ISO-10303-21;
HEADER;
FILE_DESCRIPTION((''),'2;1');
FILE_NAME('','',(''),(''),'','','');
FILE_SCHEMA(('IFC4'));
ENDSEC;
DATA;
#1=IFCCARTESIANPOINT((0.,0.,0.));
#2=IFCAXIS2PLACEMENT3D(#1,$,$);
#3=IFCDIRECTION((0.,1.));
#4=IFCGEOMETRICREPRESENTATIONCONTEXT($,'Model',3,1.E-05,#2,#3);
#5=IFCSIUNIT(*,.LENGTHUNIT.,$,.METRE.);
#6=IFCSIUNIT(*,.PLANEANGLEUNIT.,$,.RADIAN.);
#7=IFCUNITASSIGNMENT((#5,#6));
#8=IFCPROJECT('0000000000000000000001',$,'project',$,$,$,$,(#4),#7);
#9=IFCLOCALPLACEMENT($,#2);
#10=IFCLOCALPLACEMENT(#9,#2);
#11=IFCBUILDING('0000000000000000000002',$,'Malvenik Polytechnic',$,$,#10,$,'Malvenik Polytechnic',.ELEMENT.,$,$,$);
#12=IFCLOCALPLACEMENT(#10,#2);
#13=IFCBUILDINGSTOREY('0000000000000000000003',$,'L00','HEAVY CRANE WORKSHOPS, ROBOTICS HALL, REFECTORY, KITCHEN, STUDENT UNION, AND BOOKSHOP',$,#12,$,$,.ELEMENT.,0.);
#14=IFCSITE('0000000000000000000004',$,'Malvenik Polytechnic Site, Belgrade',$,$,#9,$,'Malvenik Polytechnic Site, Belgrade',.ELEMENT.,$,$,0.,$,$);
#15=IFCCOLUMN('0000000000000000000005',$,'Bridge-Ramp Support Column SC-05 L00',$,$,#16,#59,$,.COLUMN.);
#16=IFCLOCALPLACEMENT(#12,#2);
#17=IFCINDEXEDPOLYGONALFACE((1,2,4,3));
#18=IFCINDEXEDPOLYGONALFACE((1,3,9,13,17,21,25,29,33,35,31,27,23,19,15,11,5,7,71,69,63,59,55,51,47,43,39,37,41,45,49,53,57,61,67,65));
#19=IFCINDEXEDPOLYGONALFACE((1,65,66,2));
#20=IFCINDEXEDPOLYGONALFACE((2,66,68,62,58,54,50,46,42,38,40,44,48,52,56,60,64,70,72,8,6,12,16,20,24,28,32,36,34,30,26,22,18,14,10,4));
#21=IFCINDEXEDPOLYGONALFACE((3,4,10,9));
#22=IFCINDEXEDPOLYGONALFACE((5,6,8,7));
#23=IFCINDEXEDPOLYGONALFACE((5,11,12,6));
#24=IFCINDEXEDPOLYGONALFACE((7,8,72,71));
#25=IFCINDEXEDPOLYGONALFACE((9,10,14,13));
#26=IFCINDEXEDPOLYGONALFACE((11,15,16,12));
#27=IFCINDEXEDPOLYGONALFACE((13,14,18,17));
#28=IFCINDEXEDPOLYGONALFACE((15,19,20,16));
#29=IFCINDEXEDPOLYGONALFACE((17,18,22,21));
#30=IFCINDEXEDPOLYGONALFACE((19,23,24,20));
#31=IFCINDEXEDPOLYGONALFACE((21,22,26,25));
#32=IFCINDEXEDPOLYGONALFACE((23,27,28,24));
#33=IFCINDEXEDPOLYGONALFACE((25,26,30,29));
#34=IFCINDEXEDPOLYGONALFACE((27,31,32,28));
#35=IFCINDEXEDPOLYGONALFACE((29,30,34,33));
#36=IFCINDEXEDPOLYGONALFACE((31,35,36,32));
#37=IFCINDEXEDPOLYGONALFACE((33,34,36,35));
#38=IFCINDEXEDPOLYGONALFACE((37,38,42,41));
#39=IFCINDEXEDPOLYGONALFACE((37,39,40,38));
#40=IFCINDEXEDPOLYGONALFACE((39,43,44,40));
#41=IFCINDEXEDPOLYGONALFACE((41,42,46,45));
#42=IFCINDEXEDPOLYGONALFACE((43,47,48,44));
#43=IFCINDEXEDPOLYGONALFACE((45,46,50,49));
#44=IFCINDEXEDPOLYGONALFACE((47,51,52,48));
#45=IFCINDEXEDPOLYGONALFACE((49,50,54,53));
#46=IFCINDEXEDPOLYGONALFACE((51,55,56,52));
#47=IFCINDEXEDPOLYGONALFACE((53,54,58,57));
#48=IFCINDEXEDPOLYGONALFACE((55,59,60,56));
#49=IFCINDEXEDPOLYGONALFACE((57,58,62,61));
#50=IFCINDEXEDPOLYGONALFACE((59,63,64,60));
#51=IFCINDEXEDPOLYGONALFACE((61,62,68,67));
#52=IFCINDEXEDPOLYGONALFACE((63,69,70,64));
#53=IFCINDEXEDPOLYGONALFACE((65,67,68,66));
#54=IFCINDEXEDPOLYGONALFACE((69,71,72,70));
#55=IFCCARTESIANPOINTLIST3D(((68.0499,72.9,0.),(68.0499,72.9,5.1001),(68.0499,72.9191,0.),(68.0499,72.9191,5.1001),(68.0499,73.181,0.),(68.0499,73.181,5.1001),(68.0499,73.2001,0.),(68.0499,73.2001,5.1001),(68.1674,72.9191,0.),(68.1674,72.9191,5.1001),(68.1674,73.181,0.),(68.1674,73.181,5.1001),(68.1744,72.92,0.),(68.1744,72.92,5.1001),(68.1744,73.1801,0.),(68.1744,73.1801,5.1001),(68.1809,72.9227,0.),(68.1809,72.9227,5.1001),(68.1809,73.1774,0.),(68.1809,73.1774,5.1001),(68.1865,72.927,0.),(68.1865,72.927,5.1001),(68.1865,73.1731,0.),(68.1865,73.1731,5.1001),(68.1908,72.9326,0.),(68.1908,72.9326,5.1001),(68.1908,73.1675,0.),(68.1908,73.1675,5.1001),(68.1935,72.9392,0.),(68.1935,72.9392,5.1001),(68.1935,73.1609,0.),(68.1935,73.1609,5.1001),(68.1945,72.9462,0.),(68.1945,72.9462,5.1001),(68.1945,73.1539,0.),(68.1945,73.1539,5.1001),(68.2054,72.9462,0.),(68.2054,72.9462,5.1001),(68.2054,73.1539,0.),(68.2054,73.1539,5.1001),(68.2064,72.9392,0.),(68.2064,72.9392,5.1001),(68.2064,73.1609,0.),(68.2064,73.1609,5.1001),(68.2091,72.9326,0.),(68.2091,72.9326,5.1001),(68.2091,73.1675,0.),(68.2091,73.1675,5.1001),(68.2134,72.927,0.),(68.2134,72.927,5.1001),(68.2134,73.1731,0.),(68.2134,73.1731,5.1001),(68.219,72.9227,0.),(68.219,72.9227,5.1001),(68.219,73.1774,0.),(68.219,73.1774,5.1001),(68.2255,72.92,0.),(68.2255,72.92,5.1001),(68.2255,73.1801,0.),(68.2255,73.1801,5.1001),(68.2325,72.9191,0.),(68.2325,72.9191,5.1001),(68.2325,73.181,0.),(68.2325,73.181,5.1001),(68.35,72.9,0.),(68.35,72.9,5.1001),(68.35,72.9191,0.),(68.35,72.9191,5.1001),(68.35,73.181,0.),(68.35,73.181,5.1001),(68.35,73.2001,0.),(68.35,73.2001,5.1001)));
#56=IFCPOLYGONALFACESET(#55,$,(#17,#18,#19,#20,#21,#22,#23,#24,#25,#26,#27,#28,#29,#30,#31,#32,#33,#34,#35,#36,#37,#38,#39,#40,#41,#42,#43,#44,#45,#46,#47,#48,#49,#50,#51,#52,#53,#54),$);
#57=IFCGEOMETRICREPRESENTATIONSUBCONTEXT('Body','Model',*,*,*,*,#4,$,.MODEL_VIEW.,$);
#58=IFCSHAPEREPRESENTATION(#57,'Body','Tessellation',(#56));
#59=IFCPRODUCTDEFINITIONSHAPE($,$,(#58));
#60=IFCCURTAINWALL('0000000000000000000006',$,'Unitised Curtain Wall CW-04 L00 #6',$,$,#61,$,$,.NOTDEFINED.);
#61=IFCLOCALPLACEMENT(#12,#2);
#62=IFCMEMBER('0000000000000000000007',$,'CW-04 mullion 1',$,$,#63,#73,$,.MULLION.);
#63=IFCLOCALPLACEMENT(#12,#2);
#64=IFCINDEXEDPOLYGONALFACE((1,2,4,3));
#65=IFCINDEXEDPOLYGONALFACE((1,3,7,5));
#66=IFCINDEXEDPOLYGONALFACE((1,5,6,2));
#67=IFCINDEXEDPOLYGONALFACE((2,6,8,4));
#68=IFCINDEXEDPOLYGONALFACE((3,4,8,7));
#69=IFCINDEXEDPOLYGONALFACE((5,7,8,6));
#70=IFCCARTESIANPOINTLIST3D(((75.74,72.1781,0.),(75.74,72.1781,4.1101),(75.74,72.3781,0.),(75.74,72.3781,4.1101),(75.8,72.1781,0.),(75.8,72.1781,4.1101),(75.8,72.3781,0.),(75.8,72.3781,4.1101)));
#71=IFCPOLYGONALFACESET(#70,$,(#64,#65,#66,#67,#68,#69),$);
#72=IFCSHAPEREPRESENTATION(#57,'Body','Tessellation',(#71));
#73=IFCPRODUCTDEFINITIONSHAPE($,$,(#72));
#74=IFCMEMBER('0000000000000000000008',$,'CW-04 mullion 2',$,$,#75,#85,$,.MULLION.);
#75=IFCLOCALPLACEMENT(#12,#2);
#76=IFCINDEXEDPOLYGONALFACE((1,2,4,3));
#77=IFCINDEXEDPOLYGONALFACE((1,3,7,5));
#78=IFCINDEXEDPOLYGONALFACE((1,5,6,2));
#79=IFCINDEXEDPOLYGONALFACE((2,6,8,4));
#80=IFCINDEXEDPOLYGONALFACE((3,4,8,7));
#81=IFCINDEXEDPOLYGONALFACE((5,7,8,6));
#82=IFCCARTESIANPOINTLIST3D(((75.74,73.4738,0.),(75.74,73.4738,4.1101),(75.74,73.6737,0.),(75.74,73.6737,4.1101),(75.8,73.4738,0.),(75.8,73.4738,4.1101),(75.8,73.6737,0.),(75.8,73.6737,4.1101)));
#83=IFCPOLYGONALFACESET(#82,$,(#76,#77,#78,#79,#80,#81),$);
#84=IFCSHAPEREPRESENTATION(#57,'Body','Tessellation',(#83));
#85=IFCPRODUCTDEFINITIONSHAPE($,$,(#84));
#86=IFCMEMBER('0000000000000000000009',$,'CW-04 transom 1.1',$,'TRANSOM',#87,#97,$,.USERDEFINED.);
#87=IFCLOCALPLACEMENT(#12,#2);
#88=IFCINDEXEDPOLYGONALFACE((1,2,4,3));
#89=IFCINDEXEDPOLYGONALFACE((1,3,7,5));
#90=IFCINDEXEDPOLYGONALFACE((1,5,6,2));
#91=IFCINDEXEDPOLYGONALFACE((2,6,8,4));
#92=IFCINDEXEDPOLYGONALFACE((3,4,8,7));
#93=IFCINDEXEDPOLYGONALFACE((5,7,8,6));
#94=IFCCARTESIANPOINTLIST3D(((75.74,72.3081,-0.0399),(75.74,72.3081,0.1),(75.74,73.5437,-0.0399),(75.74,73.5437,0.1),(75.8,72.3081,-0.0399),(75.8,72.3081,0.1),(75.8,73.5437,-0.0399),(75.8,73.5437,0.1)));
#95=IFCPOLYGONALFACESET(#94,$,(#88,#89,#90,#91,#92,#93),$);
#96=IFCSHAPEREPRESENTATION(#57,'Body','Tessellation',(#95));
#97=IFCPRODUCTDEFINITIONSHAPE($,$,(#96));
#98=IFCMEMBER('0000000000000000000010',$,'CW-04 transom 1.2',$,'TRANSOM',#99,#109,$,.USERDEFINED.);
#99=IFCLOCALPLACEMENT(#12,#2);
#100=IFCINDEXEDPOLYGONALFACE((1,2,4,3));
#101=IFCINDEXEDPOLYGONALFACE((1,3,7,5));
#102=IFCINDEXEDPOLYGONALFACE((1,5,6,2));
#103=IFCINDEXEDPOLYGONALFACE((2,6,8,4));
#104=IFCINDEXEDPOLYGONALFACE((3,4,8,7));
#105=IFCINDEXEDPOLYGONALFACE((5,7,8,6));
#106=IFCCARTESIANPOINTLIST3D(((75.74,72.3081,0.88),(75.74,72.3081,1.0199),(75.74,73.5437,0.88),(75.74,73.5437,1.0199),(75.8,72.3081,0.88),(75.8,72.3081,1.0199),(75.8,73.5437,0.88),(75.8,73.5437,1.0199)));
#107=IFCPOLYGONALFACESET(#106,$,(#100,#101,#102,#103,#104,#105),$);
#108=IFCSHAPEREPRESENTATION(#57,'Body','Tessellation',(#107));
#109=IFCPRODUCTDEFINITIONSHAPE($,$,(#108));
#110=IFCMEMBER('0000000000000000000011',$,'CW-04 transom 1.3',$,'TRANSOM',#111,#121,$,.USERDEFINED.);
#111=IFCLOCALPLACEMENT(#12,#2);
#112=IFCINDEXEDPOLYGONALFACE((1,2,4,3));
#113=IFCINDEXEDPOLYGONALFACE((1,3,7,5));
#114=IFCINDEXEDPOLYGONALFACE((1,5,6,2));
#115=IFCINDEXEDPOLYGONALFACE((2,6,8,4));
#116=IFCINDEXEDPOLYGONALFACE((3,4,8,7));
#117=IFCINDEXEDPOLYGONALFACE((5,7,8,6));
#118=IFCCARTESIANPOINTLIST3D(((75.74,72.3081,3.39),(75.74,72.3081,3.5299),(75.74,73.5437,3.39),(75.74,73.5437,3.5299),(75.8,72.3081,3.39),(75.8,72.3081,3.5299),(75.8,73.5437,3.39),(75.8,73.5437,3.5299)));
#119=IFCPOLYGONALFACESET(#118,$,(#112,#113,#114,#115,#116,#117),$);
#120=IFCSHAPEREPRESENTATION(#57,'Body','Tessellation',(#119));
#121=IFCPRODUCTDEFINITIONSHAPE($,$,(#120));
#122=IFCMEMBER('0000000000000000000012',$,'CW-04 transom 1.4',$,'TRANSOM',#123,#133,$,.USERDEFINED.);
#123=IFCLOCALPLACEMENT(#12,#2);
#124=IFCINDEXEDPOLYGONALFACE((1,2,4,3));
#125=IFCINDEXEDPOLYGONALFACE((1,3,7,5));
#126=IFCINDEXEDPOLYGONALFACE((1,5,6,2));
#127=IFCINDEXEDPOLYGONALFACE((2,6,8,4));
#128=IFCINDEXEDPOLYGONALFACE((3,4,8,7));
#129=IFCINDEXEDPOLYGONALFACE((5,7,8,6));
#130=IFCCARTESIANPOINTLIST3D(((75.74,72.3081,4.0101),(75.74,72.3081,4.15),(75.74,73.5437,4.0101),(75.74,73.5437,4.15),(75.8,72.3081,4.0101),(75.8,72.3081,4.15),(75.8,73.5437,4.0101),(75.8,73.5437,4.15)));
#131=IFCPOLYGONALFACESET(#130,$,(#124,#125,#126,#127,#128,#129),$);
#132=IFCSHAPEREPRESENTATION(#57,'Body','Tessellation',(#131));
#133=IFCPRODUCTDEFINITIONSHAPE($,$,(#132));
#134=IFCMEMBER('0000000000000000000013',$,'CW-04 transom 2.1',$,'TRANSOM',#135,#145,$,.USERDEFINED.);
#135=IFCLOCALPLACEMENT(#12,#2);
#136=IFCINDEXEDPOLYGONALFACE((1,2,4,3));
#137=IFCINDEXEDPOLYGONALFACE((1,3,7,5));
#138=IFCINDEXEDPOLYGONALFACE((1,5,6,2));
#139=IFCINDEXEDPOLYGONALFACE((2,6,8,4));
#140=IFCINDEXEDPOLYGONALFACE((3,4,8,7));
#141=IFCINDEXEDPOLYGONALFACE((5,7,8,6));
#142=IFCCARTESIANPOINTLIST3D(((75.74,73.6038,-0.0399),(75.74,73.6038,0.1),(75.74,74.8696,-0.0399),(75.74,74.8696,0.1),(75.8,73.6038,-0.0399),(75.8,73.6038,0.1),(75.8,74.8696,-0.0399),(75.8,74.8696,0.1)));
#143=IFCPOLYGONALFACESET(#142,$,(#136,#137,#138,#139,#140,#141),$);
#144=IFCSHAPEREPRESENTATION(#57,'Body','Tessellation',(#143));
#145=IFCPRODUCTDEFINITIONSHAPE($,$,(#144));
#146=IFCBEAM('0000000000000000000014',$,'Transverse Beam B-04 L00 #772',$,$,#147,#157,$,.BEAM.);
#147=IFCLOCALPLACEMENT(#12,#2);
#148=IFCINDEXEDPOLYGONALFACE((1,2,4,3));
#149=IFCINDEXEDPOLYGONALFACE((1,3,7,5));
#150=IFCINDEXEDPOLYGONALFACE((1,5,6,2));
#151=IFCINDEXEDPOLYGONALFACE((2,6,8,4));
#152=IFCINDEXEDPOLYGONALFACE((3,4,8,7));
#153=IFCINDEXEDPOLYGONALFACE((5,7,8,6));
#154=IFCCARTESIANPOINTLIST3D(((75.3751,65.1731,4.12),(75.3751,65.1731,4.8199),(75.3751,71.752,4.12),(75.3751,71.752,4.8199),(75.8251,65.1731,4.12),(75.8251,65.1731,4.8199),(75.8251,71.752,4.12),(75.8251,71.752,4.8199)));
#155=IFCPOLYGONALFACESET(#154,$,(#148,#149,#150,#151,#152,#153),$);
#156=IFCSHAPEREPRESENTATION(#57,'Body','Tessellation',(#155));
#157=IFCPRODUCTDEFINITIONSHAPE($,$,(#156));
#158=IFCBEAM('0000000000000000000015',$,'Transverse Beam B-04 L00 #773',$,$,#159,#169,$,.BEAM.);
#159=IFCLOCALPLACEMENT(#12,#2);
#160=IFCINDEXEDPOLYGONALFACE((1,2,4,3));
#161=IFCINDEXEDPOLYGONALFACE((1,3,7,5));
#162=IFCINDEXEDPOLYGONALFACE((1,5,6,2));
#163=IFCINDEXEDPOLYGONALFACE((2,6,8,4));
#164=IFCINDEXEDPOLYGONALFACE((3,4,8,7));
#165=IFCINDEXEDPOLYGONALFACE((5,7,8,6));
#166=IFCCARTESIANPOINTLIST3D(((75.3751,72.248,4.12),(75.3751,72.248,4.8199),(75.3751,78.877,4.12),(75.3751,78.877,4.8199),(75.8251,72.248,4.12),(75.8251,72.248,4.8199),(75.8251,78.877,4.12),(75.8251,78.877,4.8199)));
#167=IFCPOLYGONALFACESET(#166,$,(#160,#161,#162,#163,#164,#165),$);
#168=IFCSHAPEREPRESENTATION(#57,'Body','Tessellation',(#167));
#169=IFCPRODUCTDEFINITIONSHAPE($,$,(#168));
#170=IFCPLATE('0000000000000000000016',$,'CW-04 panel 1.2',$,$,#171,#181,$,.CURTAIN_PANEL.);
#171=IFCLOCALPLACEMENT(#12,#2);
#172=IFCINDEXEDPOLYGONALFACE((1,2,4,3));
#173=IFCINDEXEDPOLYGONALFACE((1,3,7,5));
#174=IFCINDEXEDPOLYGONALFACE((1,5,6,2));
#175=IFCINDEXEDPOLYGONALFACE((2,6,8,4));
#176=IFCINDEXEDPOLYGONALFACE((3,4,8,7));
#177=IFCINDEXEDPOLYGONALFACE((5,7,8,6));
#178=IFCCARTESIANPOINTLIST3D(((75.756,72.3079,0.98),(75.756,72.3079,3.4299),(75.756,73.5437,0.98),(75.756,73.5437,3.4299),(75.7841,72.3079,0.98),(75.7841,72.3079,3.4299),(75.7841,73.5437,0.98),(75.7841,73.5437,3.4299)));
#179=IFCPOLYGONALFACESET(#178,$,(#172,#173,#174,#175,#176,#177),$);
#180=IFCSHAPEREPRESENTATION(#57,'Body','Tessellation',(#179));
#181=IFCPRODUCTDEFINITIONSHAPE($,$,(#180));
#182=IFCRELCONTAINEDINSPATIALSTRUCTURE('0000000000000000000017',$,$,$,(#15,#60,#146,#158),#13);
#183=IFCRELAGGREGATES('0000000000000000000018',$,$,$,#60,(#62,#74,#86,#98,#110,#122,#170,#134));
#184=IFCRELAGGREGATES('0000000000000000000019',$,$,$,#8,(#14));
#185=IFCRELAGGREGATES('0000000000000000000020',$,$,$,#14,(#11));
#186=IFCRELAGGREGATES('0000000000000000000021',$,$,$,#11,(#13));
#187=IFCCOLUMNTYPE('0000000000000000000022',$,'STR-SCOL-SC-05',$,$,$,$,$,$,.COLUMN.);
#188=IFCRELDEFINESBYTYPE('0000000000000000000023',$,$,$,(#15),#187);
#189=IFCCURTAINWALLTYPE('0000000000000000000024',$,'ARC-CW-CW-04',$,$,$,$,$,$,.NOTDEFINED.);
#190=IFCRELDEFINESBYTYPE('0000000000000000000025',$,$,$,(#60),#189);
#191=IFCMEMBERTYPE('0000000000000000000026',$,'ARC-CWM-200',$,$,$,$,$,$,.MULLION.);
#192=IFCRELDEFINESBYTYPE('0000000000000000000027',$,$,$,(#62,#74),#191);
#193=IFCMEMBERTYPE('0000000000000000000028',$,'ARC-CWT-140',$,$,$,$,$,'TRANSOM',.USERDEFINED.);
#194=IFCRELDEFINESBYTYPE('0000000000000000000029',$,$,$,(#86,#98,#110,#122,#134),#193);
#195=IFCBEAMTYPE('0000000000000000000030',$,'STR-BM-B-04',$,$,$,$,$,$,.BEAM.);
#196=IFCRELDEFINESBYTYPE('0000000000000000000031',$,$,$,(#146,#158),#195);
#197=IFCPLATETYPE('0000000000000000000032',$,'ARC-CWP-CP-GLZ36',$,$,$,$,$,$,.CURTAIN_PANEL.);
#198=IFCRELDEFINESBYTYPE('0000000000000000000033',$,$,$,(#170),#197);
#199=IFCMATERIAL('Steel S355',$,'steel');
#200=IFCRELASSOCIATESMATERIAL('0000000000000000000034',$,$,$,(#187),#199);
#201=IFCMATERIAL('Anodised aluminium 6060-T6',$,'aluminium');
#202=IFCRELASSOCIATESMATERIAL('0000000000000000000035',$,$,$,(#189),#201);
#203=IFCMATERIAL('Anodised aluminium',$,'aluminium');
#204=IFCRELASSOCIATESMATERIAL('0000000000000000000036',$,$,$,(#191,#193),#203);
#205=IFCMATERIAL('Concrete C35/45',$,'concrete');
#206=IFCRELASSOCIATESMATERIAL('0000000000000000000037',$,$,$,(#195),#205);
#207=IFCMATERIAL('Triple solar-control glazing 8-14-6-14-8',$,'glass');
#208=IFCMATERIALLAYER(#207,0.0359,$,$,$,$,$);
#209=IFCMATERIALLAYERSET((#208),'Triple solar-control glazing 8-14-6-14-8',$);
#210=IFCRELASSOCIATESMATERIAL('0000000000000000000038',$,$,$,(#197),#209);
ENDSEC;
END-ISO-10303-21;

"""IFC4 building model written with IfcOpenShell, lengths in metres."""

from ifc_helpers import new_model, si_unit, direction, frame, origin, origin_2d, place, context, subcontext, project, spatial, rectangle, i_section, extrude, material, layer, layer_set, material_profile, profile_set, type_object, element, aggregate, save


model = new_model("IFC4")

# Units and contexts
model_context = context("Model", 3, precision=1e-05, world=origin(), true_north=direction((0.0, 1.0)))
body_context = subcontext(model_context, "Body", "Model", "MODEL_VIEW")
ifc_project = project(units=[si_unit("LENGTHUNIT", "METRE"), si_unit("PLANEANGLEUNIT", "RADIAN")], contexts=[model_context])

# Site, building, storey
site_placement = place(None, origin())
site = spatial("IfcSite", under=ifc_project, at=site_placement, Name="Malvenik Polytechnic Site, Belgrade", LongName="Malvenik Polytechnic Site, Belgrade", CompositionType="ELEMENT", RefElevation=0.0)
building_placement = place(site_placement, origin())
building = spatial("IfcBuilding", under=site, at=building_placement, Name="Malvenik Polytechnic", LongName="Malvenik Polytechnic", CompositionType="ELEMENT")
storey_placement = place(building_placement, origin())
storey = spatial("IfcBuildingStorey", under=building, at=storey_placement, Name="L00", Description="HEAVY CRANE WORKSHOPS, ROBOTICS HALL, REFECTORY, KITCHEN, STUDENT UNION, AND BOOKSHOP", CompositionType="ELEMENT", Elevation=0.0)

# Column
ifc_material_1 = material(Name="Concrete C35/45", Category="concrete")
ifc_material_2 = material(Name="Steel S355", Category="steel")
ifc_material_profile_1 = material_profile(ifc_material_2, i_section(OverallWidth=0.3, OverallDepth=0.3, WebThickness=0.011, FlangeThickness=0.019, FilletRadius=0.0271, at=origin_2d()), Name="HEB 300")
ifc_profile_set_1 = profile_set([ifc_material_profile_1], Name="Steel S355")
column_type_1 = type_object("IfcColumnType", Name="STR-SCOL-SC-05", PredefinedType="COLUMN", material=ifc_profile_set_1)
for number, where, z_axis, x_axis, name in (
    (1, (68.2, 73.05, 0.0), (0.0, 0.0, 1.0), (1.0, 0.0, 0.0), "Bridge-Ramp Support Column SC-05 L00"),
):
    element("IfcColumn", number, at=place(storey_placement, frame(where, z_axis=z_axis, x_axis=x_axis)), inside=storey, type_object=column_type_1, Name=name, PredefinedType="COLUMN", context=body_context, shape_type="SweptSolid", body=[
        extrude(i_section(OverallWidth=0.3, OverallDepth=0.3, WebThickness=0.011, FlangeThickness=0.019, FilletRadius=0.0271, at=origin_2d()), origin(), (0.0, 0.0, 1.0), 5.1001),
    ])

# Curtain wall, members
ifc_material_3 = material(Name="Anodised aluminium 6060-T6", Category="aluminium")
curtain_wall_type = type_object("IfcCurtainWallType", Name="ARC-CW-CW-04", PredefinedType="NOTDEFINED", material=ifc_material_3)
curtain_wall_placement = place(storey_placement, origin())
curtain_wall = element("IfcCurtainWall", 2, at=curtain_wall_placement, inside=storey, type_object=curtain_wall_type, Name="Unitised Curtain Wall CW-04 L00 #6", PredefinedType="NOTDEFINED")
ifc_material_4 = material(Name="Anodised aluminium", Category="aluminium")
ifc_material_profile_2 = material_profile(ifc_material_4, rectangle(XDim=0.0601, YDim=0.2, at=origin_2d()), Name="ALU MULLION 60x200")
ifc_profile_set_2 = profile_set([ifc_material_profile_2], Name="Anodised aluminium")
member_type_1 = type_object("IfcMemberType", Name="ARC-CWM-200", PredefinedType="MULLION", material=ifc_profile_set_2)
member_1_placement = place(storey_placement, frame((75.77, 72.2781, 0.0), z_axis=(0.0, 0.0, 1.0), x_axis=(-1.0, 0.0, 0.0)))
member_1 = element("IfcMember", 3, at=member_1_placement, type_object=member_type_1, Name="CW-04 mullion 1", PredefinedType="MULLION", context=body_context, shape_type="SweptSolid", body=[
    extrude(rectangle(XDim=0.0601, YDim=0.2, at=origin_2d()), origin(), (0.0, 0.0, 1.0), 4.1101),
])
member_2_placement = place(storey_placement, frame((75.77, 73.5737, 0.0), z_axis=(0.0, 0.0, 1.0), x_axis=(-1.0, 0.0, 0.0)))
member_2 = element("IfcMember", 4, at=member_2_placement, type_object=member_type_1, Name="CW-04 mullion 2", PredefinedType="MULLION", context=body_context, shape_type="SweptSolid", body=[
    extrude(rectangle(XDim=0.0601, YDim=0.2, at=origin_2d()), origin(), (0.0, 0.0, 1.0), 4.1101),
])
ifc_material_profile_3 = material_profile(ifc_material_4, rectangle(XDim=0.0601, YDim=0.1399, at=origin_2d()), Name="ALU TRANSOM 60x140")
ifc_profile_set_3 = profile_set([ifc_material_profile_3], Name="Anodised aluminium")
member_type_2 = type_object("IfcMemberType", Name="ARC-CWT-140", ElementType="TRANSOM", PredefinedType="USERDEFINED", material=ifc_profile_set_3)
member_3_placement = place(storey_placement, frame((75.77, 72.3081, 0.03), z_axis=(0.0, 1.0, 0.0), x_axis=(-1.0, 0.0, 0.0)))
member_3 = element("IfcMember", 5, at=member_3_placement, type_object=member_type_2, Name="CW-04 transom 1.1", ObjectType="TRANSOM", PredefinedType="USERDEFINED", context=body_context, shape_type="SweptSolid", body=[
    extrude(rectangle(XDim=0.0601, YDim=0.1399, at=origin_2d()), origin(), (0.0, 0.0, 1.0), 1.2356),
])
member_4_placement = place(storey_placement, frame((75.77, 72.3081, 0.95), z_axis=(0.0, 1.0, 0.0), x_axis=(-1.0, 0.0, 0.0)))
member_4 = element("IfcMember", 6, at=member_4_placement, type_object=member_type_2, Name="CW-04 transom 1.2", ObjectType="TRANSOM", PredefinedType="USERDEFINED", context=body_context, shape_type="SweptSolid", body=[
    extrude(rectangle(XDim=0.0601, YDim=0.1399, at=origin_2d()), origin(), (0.0, 0.0, 1.0), 1.2356),
])
member_5_placement = place(storey_placement, frame((75.77, 72.3081, 3.46), z_axis=(0.0, 1.0, 0.0), x_axis=(-1.0, 0.0, 0.0)))
member_5 = element("IfcMember", 7, at=member_5_placement, type_object=member_type_2, Name="CW-04 transom 1.3", ObjectType="TRANSOM", PredefinedType="USERDEFINED", context=body_context, shape_type="SweptSolid", body=[
    extrude(rectangle(XDim=0.0601, YDim=0.1399, at=origin_2d()), origin(), (0.0, 0.0, 1.0), 1.2356),
])
member_6_placement = place(storey_placement, frame((75.77, 72.3081, 4.0801), z_axis=(0.0, 1.0, 0.0), x_axis=(-1.0, 0.0, 0.0)))
member_6 = element("IfcMember", 8, at=member_6_placement, type_object=member_type_2, Name="CW-04 transom 1.4", ObjectType="TRANSOM", PredefinedType="USERDEFINED", context=body_context, shape_type="SweptSolid", body=[
    extrude(rectangle(XDim=0.0601, YDim=0.1399, at=origin_2d()), origin(), (0.0, 0.0, 1.0), 1.2356),
])
member_7_placement = place(storey_placement, frame((75.77, 73.6038, 0.03), z_axis=(0.0, 1.0, 0.0), x_axis=(-1.0, 0.0, 0.0)))
member_7 = element("IfcMember", 9, at=member_7_placement, type_object=member_type_2, Name="CW-04 transom 2.1", ObjectType="TRANSOM", PredefinedType="USERDEFINED", context=body_context, shape_type="SweptSolid", body=[
    extrude(rectangle(XDim=0.0601, YDim=0.1399, at=origin_2d()), origin(), (0.0, 0.0, 1.0), 1.2659),
])

# Beams
ifc_material_profile_4 = material_profile(ifc_material_1, rectangle(XDim=0.45, YDim=0.7, at=origin_2d()), Name="RC BM 450x700")
ifc_profile_set_4 = profile_set([ifc_material_profile_4], Name="Concrete C35/45")
beam_type = type_object("IfcBeamType", Name="STR-BM-B-04", PredefinedType="BEAM", material=ifc_profile_set_4)
beam_1_placement = place(storey_placement, frame((75.6001, 65.1731, 4.47), z_axis=(0.0, 1.0, 0.0), x_axis=(-1.0, 0.0, 0.0)))
element("IfcBeam", 10, at=beam_1_placement, inside=storey, type_object=beam_type, Name="Transverse Beam B-04 L00 #772", PredefinedType="BEAM", context=body_context, shape_type="SweptSolid", body=[
    extrude(rectangle(XDim=0.45, YDim=0.7, at=origin_2d()), origin(), (0.0, 0.0, 1.0), 6.5789),
])
beam_2_placement = place(storey_placement, frame((75.6001, 72.248, 4.47), z_axis=(0.0, 1.0, 0.0), x_axis=(-1.0, 0.0, 0.0)))
element("IfcBeam", 11, at=beam_2_placement, inside=storey, type_object=beam_type, Name="Transverse Beam B-04 L00 #773", PredefinedType="BEAM", context=body_context, shape_type="SweptSolid", body=[
    extrude(rectangle(XDim=0.45, YDim=0.7, at=origin_2d()), origin(), (0.0, 0.0, 1.0), 6.6289),
])

# Plate
ifc_material_5 = material(Name="Triple solar-control glazing 8-14-6-14-8", Category="glass")
ifc_layer_1 = layer(ifc_material_5, 0.0359)
ifc_layer_set_1 = layer_set([ifc_layer_1], Name="Triple solar-control glazing 8-14-6-14-8")
plate_type_1 = type_object("IfcPlateType", Name="ARC-CWP-CP-GLZ36", PredefinedType="CURTAIN_PANEL", material=ifc_layer_set_1)
plate_1_placement = place(storey_placement, frame((75.77, 72.9258, 0.98), z_axis=(0.0, 0.0, 1.0), x_axis=(0.0, 1.0, 0.0)))
plate_1 = element("IfcPlate", 12, at=plate_1_placement, type_object=plate_type_1, Name="CW-04 panel 1.2", PredefinedType="CURTAIN_PANEL", context=body_context, shape_type="SweptSolid", body=[
    extrude(rectangle(XDim=1.2358, YDim=0.0281, at=origin_2d()), origin(), (0.0, 0.0, 1.0), 2.45),
])
aggregate(curtain_wall, [member_1, member_2, member_3, member_4, member_5, member_6, plate_1, member_7])

save(model, "model.ifc")
